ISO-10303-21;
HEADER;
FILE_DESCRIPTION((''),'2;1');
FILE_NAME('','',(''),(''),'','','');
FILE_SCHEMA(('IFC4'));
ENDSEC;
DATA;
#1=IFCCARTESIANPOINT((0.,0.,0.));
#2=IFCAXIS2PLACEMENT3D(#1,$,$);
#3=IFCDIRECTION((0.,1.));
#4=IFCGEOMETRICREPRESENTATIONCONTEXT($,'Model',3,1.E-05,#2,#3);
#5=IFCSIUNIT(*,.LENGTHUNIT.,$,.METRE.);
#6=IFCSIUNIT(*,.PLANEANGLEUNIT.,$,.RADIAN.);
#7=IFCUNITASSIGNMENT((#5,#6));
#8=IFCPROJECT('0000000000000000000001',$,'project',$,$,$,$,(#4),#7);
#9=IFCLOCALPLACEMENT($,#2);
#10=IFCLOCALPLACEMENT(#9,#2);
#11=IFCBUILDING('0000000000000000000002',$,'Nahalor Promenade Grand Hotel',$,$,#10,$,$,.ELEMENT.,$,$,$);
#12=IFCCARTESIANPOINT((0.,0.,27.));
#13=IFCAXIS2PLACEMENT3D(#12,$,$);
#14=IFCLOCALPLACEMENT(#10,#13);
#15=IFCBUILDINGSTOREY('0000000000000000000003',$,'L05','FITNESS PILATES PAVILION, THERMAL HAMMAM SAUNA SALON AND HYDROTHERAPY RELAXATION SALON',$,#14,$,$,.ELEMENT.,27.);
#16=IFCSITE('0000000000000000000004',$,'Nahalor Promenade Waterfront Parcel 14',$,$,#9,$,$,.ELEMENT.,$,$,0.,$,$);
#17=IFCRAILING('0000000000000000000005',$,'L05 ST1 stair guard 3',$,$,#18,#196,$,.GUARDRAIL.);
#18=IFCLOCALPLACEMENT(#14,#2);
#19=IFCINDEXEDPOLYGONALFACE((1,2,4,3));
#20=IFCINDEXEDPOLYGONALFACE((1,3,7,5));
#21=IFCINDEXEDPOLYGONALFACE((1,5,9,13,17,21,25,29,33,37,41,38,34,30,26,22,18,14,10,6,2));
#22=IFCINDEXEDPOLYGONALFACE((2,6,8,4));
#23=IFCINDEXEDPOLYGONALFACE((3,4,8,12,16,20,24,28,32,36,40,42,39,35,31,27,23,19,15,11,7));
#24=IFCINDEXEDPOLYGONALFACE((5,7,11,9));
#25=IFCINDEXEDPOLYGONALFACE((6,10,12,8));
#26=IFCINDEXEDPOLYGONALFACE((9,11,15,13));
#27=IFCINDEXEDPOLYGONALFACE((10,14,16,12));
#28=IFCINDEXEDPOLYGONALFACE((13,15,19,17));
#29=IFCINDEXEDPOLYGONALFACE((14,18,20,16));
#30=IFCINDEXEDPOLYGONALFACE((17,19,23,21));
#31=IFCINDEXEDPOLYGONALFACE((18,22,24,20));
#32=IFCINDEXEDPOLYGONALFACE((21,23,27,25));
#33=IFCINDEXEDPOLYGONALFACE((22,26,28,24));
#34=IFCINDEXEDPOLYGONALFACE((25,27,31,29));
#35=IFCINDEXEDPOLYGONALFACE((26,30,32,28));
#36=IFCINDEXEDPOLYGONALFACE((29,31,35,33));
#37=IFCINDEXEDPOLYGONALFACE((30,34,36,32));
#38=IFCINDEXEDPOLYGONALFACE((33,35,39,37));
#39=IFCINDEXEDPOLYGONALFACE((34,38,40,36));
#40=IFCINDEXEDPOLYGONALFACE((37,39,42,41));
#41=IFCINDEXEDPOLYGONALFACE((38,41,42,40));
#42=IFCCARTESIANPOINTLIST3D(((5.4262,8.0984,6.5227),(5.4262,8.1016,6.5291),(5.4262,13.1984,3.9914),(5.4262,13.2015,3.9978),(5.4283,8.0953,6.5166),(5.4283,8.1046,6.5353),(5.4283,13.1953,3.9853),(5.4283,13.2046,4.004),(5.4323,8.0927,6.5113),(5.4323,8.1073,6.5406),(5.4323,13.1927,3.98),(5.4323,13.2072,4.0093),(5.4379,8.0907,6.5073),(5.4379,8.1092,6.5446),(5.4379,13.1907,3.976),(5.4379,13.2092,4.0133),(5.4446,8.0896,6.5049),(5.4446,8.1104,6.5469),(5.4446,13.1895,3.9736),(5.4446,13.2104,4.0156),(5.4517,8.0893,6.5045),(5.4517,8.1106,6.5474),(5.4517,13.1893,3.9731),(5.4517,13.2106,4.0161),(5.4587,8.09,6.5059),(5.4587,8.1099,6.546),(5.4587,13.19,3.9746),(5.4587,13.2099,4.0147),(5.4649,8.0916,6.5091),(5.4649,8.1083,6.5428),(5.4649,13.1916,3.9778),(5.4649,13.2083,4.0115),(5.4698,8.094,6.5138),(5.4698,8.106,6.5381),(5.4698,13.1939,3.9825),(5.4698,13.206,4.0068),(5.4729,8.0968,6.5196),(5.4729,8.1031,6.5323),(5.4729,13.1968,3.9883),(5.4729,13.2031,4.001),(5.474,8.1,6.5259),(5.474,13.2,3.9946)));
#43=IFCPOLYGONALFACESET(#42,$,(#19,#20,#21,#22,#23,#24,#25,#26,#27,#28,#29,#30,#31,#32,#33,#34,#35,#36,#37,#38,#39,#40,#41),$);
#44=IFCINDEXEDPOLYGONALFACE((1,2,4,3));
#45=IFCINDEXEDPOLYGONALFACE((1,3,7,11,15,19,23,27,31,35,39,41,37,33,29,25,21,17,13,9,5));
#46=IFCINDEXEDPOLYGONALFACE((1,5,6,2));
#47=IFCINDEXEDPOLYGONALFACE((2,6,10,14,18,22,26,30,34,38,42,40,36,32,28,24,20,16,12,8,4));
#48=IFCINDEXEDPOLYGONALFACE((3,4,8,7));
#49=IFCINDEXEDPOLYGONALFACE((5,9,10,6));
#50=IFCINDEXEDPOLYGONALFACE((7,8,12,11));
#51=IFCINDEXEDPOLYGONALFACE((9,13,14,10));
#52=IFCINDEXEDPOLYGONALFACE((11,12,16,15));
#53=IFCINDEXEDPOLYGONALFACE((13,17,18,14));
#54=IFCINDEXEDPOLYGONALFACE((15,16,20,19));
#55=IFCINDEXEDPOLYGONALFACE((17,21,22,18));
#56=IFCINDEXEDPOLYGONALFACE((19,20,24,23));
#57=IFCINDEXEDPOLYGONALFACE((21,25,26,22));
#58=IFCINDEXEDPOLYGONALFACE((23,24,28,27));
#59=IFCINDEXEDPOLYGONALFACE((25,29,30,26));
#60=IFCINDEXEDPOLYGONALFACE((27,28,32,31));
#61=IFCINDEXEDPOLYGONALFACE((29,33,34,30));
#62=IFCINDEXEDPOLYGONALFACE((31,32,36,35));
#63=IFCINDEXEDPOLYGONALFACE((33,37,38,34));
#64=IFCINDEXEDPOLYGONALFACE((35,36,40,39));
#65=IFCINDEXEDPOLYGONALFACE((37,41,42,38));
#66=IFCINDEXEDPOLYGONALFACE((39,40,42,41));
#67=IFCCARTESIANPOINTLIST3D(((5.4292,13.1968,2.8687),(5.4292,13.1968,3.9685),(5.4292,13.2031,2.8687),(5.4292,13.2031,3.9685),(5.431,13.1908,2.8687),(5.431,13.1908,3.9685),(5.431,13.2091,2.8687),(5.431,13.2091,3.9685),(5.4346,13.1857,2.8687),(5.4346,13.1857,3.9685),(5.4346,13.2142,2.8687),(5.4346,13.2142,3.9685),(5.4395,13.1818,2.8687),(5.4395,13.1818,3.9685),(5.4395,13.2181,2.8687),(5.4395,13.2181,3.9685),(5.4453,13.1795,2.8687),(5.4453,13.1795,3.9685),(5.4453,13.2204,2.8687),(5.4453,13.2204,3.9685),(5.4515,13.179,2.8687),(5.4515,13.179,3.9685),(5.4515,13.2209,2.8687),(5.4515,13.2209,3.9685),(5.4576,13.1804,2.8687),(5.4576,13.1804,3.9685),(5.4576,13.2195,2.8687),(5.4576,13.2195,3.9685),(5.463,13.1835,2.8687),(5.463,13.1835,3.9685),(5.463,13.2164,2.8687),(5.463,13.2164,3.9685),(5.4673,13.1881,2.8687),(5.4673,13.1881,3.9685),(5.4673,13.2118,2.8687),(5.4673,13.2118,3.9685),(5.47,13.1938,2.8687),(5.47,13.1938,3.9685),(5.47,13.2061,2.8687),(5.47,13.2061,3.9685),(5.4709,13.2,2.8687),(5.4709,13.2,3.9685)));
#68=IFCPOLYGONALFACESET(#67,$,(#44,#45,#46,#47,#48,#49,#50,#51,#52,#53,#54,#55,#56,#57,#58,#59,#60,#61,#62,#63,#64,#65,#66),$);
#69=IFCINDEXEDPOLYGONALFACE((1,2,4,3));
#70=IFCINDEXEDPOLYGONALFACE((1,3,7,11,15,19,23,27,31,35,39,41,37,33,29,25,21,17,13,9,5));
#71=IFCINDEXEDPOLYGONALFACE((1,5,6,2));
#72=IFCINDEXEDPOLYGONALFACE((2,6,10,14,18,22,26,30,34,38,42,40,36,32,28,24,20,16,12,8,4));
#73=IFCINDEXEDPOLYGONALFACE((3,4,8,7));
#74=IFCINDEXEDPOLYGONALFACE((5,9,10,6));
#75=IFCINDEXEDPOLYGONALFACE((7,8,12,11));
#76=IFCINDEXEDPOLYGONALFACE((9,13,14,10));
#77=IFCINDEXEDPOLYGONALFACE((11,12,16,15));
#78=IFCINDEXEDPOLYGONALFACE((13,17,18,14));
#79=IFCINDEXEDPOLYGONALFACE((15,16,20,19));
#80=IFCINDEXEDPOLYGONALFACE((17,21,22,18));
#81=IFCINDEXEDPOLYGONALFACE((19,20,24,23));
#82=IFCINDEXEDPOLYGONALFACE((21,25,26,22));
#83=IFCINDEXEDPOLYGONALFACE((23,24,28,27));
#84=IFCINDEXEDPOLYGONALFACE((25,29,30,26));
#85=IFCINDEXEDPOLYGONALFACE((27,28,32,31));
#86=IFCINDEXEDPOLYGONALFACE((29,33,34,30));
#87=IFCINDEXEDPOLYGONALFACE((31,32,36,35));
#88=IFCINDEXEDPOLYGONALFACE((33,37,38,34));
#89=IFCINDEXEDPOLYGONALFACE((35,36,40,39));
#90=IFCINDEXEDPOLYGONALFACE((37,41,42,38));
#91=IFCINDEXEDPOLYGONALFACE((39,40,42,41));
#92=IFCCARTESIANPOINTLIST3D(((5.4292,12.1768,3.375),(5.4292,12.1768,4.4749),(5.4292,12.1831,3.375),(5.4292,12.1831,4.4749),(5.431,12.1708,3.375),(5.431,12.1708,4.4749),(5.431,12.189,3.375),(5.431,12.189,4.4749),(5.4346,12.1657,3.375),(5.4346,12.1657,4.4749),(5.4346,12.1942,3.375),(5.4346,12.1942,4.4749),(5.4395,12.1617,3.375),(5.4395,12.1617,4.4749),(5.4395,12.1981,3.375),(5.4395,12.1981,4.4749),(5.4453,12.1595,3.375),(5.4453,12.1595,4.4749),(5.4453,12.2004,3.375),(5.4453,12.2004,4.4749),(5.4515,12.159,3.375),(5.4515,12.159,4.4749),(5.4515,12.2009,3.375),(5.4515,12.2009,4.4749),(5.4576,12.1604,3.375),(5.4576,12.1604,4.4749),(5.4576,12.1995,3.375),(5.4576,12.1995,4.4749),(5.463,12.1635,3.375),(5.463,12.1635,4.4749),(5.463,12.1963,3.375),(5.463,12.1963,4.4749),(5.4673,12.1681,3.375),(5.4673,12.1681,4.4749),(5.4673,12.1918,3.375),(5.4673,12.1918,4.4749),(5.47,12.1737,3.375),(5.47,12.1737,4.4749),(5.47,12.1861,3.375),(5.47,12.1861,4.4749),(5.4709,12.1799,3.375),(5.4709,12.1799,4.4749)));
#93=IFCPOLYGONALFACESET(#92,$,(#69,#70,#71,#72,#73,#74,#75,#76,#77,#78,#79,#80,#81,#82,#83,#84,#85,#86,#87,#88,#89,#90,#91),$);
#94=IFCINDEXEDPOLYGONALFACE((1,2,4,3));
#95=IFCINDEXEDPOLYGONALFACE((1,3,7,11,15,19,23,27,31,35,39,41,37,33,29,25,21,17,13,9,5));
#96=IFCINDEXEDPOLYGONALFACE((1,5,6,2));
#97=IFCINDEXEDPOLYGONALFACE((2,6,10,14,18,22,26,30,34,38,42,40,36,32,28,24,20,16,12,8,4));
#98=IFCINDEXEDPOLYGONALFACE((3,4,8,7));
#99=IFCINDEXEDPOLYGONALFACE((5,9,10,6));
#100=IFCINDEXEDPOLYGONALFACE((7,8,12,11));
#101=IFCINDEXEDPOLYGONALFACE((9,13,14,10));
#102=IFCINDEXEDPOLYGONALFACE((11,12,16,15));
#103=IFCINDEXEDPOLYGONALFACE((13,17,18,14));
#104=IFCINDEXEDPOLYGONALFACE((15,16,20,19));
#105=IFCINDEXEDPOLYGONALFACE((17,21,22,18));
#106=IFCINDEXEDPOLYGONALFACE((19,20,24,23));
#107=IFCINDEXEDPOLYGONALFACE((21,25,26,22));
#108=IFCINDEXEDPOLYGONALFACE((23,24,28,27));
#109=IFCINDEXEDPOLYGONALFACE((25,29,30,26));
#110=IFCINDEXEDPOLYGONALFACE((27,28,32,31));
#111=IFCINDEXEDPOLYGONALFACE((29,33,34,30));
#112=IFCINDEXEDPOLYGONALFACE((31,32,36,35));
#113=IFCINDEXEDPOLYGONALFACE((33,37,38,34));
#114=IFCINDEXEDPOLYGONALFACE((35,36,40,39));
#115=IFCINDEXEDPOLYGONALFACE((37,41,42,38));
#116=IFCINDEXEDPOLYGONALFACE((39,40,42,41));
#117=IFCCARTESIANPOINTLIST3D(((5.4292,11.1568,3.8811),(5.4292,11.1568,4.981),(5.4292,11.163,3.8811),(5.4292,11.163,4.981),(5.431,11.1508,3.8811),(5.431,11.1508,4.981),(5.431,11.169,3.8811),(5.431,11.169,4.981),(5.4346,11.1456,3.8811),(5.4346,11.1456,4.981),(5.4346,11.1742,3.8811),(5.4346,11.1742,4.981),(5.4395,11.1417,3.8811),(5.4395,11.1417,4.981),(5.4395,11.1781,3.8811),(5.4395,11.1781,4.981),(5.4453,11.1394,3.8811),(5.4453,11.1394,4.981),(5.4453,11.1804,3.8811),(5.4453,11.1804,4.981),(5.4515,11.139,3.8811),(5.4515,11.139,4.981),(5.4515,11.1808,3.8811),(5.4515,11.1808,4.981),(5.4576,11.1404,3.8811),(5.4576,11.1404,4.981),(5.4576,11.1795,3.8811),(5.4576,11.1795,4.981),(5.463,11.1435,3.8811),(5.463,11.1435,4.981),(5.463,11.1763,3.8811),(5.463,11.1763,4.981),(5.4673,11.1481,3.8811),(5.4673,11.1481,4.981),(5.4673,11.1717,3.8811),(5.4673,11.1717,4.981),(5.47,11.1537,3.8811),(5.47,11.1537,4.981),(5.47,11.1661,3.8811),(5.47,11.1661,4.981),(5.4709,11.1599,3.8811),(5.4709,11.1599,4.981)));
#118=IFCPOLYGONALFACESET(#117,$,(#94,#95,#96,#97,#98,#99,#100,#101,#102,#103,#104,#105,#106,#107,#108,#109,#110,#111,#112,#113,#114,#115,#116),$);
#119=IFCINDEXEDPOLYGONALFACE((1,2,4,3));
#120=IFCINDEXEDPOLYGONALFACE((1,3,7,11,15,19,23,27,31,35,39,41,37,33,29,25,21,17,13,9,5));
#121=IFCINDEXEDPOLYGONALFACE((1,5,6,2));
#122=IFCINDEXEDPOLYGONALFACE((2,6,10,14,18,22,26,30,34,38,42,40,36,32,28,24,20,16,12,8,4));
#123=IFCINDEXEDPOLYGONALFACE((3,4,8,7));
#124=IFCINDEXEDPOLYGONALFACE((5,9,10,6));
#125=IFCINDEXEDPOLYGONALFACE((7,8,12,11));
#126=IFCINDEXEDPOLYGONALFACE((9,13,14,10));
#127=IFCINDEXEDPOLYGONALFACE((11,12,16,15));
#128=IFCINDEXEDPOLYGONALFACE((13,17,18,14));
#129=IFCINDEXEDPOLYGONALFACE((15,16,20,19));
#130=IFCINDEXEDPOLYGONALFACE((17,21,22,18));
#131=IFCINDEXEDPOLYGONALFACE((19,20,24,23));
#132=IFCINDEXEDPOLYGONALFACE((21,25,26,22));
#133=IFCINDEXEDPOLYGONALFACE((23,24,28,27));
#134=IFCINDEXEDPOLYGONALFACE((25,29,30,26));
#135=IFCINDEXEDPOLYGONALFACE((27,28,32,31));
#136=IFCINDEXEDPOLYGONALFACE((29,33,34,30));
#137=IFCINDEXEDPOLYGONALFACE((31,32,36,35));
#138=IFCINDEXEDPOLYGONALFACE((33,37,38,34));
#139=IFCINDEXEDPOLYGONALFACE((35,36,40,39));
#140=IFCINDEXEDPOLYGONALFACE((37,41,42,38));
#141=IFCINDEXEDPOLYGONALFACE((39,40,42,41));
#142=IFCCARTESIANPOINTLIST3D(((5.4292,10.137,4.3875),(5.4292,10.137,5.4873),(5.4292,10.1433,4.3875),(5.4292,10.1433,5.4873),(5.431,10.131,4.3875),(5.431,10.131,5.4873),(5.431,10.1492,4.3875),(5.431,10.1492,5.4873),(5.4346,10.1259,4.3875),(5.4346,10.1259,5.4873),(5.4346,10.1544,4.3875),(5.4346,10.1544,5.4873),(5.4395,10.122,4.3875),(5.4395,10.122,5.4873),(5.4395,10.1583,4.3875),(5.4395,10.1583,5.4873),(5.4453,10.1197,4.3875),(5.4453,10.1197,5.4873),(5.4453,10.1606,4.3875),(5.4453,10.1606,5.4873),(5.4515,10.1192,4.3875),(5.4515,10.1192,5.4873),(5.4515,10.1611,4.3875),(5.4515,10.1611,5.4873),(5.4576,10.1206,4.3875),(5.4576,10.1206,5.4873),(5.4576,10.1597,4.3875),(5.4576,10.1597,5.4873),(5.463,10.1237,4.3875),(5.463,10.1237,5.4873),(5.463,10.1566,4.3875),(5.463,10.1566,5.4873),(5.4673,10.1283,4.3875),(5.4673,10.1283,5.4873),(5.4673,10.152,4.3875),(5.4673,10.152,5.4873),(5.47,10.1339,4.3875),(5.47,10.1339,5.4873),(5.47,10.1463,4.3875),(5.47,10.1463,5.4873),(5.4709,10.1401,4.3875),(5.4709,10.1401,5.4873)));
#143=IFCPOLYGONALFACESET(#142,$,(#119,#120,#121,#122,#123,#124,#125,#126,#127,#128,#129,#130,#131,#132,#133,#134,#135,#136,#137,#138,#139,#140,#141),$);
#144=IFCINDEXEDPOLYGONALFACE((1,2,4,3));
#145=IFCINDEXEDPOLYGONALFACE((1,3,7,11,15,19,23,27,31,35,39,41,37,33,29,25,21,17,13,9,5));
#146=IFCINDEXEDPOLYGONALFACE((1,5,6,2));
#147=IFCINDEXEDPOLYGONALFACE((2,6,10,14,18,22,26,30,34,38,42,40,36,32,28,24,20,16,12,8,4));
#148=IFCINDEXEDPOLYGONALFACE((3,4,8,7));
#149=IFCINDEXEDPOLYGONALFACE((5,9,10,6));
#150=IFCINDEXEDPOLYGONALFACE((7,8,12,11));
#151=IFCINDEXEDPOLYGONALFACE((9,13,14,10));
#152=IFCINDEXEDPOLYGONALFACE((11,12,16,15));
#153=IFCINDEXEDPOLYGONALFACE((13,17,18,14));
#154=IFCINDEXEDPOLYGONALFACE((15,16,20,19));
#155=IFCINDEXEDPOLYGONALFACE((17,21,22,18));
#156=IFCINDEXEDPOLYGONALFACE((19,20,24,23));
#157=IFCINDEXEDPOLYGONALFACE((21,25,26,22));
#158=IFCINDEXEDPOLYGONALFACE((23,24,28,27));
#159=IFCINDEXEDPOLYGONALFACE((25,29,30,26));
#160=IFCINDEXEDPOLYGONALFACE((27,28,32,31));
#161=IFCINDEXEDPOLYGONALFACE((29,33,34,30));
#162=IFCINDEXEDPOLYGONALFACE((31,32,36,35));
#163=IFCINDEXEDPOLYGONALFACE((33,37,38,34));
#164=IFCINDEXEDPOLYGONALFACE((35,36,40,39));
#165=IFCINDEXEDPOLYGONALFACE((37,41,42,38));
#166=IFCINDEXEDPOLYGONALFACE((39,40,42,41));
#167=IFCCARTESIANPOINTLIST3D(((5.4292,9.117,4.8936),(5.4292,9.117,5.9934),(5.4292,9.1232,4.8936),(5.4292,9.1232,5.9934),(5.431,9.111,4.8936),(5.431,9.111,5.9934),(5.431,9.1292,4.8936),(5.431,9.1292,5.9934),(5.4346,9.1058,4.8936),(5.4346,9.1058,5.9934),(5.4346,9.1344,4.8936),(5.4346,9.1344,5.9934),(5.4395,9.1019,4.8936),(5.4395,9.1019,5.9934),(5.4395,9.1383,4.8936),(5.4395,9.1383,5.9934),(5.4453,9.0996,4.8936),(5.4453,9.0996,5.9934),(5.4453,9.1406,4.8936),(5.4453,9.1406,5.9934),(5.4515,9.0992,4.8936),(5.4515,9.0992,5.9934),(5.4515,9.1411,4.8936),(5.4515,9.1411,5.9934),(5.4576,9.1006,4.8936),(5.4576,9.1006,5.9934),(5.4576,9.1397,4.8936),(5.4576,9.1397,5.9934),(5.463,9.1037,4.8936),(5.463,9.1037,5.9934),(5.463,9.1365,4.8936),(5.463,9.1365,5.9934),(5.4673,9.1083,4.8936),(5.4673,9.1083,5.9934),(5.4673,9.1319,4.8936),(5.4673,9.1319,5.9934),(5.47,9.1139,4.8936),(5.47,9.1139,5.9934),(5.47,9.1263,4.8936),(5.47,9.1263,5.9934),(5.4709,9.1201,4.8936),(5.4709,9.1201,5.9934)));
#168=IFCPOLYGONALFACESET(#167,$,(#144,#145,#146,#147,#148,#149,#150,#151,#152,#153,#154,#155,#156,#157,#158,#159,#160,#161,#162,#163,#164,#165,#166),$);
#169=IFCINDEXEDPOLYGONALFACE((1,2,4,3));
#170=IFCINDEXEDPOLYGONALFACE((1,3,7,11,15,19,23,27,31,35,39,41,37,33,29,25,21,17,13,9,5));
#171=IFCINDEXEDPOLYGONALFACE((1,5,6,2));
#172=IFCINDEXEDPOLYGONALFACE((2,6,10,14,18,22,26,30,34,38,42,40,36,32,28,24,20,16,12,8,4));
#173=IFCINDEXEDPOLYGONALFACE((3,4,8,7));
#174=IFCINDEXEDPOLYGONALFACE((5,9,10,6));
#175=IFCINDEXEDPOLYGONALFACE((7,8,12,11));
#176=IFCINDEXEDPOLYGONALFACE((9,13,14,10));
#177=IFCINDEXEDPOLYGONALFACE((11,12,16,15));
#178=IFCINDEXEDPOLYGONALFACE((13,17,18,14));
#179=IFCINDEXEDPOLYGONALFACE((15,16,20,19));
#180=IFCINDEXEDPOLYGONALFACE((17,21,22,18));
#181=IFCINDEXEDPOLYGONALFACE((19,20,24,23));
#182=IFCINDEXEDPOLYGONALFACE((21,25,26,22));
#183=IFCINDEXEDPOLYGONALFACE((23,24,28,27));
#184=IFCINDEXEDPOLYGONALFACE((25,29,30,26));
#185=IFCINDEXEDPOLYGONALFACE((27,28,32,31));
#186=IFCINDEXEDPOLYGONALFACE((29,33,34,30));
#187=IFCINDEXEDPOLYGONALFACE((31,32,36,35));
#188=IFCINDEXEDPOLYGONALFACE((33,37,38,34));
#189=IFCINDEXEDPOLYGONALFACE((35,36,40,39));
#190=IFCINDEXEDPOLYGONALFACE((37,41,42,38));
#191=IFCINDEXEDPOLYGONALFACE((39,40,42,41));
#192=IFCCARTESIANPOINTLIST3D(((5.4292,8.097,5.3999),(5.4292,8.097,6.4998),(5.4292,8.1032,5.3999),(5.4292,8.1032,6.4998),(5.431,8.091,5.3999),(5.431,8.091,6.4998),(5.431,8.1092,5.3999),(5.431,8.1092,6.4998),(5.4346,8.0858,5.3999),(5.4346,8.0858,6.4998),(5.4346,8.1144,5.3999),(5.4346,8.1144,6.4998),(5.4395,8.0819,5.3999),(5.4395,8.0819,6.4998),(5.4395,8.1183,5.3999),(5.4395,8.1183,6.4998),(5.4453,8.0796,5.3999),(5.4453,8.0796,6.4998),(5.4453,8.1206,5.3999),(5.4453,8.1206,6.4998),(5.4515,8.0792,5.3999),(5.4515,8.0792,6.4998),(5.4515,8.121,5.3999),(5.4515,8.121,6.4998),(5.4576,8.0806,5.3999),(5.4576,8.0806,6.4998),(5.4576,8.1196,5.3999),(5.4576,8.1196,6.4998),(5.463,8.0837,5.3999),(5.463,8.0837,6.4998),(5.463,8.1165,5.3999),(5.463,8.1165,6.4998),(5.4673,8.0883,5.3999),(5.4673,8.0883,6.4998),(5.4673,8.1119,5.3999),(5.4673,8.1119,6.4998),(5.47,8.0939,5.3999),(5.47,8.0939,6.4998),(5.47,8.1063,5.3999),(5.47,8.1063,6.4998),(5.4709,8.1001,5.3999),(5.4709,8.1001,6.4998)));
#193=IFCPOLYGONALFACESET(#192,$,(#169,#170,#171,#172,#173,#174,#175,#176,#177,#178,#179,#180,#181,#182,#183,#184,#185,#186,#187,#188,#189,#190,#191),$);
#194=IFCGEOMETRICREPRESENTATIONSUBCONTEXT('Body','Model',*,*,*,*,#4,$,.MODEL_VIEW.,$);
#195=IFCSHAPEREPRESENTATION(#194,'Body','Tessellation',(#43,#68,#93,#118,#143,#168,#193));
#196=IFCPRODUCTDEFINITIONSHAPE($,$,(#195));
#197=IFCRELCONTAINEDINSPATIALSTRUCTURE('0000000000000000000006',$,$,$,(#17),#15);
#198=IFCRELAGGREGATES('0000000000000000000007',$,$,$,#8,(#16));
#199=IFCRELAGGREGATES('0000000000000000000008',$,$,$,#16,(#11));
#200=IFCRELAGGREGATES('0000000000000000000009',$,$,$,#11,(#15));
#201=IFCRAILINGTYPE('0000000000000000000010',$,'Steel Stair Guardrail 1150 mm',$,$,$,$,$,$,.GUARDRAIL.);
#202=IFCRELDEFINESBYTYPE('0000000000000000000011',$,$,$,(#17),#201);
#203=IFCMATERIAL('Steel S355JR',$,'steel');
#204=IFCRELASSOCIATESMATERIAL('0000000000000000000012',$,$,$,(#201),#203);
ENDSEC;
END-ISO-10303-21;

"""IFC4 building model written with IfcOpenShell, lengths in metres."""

from ifc_helpers import new_model, si_unit, direction, frame, origin, origin_2d, place, context, subcontext, project, spatial, circle, extrude, material, type_object, element, save


model = new_model("IFC4")

# Units and contexts
model_context = context("Model", 3, precision=1e-05, world=origin(), true_north=direction((0.0, 1.0)))
body_context = subcontext(model_context, "Body", "Model", "MODEL_VIEW")
ifc_project = project(units=[si_unit("LENGTHUNIT", "METRE"), si_unit("PLANEANGLEUNIT", "RADIAN")], contexts=[model_context])

# Site, building, storey
site_placement = place(None, origin())
site = spatial("IfcSite", under=ifc_project, at=site_placement, Name="Nahalor Promenade Waterfront Parcel 14", CompositionType="ELEMENT", RefElevation=0.0)
building_placement = place(site_placement, origin())
building = spatial("IfcBuilding", under=site, at=building_placement, Name="Nahalor Promenade Grand Hotel", CompositionType="ELEMENT")
storey_placement = place(building_placement, frame((0.0, 0.0, 27.0)))
storey = spatial("IfcBuildingStorey", under=building, at=storey_placement, Name="L05", Description="FITNESS PILATES PAVILION, THERMAL HAMMAM SAUNA SALON AND HYDROTHERAPY RELAXATION SALON", CompositionType="ELEMENT", Elevation=27.0)

# Shared definitions
ifc_material_1 = material(Name="Steel S355JR", Category="steel")

# Railing
railing_type_1 = type_object("IfcRailingType", Name="Steel Stair Guardrail 1150 mm", PredefinedType="GUARDRAIL", material=ifc_material_1)
railing_1_placement = place(storey_placement, frame((5.45, 13.2, 2.8687)))
element("IfcRailing", 1, at=railing_1_placement, inside=storey, type_object=railing_type_1, Name="L05 ST1 stair guard 3", PredefinedType="GUARDRAIL", context=body_context, shape_type="SweptSolid", body=[
    extrude(circle(Radius=0.024, at=origin_2d()), frame((0.0, 0.0, 1.126), z_axis=(0.0, -0.895735, 0.444587), x_axis=(1.0, 0.0, 0.0)), (0.0, 0.0, 1.0), 5.6936),
    extrude(circle(Radius=0.021, at=origin_2d()), origin(), (0.0, 0.0, 1.0), 1.0999),
    extrude(circle(Radius=0.021, at=origin_2d()), frame((0.0, -1.02, 0.5063)), (0.0, 0.0, 1.0), 1.0999),
    extrude(circle(Radius=0.021, at=origin_2d()), frame((0.0, -2.04, 1.0125)), (0.0, 0.0, 1.0), 1.0999),
    extrude(circle(Radius=0.021, at=origin_2d()), frame((0.0, -3.0598, 1.5188)), (0.0, 0.0, 1.0), 1.0999),
    extrude(circle(Radius=0.021, at=origin_2d()), frame((0.0, -4.0798, 2.0249)), (0.0, 0.0, 1.0), 1.0999),
    extrude(circle(Radius=0.021, at=origin_2d()), frame((0.0, -5.0999, 2.5312)), (0.0, 0.0, 1.0), 1.0999),
])

save(model, "model.ifc")
